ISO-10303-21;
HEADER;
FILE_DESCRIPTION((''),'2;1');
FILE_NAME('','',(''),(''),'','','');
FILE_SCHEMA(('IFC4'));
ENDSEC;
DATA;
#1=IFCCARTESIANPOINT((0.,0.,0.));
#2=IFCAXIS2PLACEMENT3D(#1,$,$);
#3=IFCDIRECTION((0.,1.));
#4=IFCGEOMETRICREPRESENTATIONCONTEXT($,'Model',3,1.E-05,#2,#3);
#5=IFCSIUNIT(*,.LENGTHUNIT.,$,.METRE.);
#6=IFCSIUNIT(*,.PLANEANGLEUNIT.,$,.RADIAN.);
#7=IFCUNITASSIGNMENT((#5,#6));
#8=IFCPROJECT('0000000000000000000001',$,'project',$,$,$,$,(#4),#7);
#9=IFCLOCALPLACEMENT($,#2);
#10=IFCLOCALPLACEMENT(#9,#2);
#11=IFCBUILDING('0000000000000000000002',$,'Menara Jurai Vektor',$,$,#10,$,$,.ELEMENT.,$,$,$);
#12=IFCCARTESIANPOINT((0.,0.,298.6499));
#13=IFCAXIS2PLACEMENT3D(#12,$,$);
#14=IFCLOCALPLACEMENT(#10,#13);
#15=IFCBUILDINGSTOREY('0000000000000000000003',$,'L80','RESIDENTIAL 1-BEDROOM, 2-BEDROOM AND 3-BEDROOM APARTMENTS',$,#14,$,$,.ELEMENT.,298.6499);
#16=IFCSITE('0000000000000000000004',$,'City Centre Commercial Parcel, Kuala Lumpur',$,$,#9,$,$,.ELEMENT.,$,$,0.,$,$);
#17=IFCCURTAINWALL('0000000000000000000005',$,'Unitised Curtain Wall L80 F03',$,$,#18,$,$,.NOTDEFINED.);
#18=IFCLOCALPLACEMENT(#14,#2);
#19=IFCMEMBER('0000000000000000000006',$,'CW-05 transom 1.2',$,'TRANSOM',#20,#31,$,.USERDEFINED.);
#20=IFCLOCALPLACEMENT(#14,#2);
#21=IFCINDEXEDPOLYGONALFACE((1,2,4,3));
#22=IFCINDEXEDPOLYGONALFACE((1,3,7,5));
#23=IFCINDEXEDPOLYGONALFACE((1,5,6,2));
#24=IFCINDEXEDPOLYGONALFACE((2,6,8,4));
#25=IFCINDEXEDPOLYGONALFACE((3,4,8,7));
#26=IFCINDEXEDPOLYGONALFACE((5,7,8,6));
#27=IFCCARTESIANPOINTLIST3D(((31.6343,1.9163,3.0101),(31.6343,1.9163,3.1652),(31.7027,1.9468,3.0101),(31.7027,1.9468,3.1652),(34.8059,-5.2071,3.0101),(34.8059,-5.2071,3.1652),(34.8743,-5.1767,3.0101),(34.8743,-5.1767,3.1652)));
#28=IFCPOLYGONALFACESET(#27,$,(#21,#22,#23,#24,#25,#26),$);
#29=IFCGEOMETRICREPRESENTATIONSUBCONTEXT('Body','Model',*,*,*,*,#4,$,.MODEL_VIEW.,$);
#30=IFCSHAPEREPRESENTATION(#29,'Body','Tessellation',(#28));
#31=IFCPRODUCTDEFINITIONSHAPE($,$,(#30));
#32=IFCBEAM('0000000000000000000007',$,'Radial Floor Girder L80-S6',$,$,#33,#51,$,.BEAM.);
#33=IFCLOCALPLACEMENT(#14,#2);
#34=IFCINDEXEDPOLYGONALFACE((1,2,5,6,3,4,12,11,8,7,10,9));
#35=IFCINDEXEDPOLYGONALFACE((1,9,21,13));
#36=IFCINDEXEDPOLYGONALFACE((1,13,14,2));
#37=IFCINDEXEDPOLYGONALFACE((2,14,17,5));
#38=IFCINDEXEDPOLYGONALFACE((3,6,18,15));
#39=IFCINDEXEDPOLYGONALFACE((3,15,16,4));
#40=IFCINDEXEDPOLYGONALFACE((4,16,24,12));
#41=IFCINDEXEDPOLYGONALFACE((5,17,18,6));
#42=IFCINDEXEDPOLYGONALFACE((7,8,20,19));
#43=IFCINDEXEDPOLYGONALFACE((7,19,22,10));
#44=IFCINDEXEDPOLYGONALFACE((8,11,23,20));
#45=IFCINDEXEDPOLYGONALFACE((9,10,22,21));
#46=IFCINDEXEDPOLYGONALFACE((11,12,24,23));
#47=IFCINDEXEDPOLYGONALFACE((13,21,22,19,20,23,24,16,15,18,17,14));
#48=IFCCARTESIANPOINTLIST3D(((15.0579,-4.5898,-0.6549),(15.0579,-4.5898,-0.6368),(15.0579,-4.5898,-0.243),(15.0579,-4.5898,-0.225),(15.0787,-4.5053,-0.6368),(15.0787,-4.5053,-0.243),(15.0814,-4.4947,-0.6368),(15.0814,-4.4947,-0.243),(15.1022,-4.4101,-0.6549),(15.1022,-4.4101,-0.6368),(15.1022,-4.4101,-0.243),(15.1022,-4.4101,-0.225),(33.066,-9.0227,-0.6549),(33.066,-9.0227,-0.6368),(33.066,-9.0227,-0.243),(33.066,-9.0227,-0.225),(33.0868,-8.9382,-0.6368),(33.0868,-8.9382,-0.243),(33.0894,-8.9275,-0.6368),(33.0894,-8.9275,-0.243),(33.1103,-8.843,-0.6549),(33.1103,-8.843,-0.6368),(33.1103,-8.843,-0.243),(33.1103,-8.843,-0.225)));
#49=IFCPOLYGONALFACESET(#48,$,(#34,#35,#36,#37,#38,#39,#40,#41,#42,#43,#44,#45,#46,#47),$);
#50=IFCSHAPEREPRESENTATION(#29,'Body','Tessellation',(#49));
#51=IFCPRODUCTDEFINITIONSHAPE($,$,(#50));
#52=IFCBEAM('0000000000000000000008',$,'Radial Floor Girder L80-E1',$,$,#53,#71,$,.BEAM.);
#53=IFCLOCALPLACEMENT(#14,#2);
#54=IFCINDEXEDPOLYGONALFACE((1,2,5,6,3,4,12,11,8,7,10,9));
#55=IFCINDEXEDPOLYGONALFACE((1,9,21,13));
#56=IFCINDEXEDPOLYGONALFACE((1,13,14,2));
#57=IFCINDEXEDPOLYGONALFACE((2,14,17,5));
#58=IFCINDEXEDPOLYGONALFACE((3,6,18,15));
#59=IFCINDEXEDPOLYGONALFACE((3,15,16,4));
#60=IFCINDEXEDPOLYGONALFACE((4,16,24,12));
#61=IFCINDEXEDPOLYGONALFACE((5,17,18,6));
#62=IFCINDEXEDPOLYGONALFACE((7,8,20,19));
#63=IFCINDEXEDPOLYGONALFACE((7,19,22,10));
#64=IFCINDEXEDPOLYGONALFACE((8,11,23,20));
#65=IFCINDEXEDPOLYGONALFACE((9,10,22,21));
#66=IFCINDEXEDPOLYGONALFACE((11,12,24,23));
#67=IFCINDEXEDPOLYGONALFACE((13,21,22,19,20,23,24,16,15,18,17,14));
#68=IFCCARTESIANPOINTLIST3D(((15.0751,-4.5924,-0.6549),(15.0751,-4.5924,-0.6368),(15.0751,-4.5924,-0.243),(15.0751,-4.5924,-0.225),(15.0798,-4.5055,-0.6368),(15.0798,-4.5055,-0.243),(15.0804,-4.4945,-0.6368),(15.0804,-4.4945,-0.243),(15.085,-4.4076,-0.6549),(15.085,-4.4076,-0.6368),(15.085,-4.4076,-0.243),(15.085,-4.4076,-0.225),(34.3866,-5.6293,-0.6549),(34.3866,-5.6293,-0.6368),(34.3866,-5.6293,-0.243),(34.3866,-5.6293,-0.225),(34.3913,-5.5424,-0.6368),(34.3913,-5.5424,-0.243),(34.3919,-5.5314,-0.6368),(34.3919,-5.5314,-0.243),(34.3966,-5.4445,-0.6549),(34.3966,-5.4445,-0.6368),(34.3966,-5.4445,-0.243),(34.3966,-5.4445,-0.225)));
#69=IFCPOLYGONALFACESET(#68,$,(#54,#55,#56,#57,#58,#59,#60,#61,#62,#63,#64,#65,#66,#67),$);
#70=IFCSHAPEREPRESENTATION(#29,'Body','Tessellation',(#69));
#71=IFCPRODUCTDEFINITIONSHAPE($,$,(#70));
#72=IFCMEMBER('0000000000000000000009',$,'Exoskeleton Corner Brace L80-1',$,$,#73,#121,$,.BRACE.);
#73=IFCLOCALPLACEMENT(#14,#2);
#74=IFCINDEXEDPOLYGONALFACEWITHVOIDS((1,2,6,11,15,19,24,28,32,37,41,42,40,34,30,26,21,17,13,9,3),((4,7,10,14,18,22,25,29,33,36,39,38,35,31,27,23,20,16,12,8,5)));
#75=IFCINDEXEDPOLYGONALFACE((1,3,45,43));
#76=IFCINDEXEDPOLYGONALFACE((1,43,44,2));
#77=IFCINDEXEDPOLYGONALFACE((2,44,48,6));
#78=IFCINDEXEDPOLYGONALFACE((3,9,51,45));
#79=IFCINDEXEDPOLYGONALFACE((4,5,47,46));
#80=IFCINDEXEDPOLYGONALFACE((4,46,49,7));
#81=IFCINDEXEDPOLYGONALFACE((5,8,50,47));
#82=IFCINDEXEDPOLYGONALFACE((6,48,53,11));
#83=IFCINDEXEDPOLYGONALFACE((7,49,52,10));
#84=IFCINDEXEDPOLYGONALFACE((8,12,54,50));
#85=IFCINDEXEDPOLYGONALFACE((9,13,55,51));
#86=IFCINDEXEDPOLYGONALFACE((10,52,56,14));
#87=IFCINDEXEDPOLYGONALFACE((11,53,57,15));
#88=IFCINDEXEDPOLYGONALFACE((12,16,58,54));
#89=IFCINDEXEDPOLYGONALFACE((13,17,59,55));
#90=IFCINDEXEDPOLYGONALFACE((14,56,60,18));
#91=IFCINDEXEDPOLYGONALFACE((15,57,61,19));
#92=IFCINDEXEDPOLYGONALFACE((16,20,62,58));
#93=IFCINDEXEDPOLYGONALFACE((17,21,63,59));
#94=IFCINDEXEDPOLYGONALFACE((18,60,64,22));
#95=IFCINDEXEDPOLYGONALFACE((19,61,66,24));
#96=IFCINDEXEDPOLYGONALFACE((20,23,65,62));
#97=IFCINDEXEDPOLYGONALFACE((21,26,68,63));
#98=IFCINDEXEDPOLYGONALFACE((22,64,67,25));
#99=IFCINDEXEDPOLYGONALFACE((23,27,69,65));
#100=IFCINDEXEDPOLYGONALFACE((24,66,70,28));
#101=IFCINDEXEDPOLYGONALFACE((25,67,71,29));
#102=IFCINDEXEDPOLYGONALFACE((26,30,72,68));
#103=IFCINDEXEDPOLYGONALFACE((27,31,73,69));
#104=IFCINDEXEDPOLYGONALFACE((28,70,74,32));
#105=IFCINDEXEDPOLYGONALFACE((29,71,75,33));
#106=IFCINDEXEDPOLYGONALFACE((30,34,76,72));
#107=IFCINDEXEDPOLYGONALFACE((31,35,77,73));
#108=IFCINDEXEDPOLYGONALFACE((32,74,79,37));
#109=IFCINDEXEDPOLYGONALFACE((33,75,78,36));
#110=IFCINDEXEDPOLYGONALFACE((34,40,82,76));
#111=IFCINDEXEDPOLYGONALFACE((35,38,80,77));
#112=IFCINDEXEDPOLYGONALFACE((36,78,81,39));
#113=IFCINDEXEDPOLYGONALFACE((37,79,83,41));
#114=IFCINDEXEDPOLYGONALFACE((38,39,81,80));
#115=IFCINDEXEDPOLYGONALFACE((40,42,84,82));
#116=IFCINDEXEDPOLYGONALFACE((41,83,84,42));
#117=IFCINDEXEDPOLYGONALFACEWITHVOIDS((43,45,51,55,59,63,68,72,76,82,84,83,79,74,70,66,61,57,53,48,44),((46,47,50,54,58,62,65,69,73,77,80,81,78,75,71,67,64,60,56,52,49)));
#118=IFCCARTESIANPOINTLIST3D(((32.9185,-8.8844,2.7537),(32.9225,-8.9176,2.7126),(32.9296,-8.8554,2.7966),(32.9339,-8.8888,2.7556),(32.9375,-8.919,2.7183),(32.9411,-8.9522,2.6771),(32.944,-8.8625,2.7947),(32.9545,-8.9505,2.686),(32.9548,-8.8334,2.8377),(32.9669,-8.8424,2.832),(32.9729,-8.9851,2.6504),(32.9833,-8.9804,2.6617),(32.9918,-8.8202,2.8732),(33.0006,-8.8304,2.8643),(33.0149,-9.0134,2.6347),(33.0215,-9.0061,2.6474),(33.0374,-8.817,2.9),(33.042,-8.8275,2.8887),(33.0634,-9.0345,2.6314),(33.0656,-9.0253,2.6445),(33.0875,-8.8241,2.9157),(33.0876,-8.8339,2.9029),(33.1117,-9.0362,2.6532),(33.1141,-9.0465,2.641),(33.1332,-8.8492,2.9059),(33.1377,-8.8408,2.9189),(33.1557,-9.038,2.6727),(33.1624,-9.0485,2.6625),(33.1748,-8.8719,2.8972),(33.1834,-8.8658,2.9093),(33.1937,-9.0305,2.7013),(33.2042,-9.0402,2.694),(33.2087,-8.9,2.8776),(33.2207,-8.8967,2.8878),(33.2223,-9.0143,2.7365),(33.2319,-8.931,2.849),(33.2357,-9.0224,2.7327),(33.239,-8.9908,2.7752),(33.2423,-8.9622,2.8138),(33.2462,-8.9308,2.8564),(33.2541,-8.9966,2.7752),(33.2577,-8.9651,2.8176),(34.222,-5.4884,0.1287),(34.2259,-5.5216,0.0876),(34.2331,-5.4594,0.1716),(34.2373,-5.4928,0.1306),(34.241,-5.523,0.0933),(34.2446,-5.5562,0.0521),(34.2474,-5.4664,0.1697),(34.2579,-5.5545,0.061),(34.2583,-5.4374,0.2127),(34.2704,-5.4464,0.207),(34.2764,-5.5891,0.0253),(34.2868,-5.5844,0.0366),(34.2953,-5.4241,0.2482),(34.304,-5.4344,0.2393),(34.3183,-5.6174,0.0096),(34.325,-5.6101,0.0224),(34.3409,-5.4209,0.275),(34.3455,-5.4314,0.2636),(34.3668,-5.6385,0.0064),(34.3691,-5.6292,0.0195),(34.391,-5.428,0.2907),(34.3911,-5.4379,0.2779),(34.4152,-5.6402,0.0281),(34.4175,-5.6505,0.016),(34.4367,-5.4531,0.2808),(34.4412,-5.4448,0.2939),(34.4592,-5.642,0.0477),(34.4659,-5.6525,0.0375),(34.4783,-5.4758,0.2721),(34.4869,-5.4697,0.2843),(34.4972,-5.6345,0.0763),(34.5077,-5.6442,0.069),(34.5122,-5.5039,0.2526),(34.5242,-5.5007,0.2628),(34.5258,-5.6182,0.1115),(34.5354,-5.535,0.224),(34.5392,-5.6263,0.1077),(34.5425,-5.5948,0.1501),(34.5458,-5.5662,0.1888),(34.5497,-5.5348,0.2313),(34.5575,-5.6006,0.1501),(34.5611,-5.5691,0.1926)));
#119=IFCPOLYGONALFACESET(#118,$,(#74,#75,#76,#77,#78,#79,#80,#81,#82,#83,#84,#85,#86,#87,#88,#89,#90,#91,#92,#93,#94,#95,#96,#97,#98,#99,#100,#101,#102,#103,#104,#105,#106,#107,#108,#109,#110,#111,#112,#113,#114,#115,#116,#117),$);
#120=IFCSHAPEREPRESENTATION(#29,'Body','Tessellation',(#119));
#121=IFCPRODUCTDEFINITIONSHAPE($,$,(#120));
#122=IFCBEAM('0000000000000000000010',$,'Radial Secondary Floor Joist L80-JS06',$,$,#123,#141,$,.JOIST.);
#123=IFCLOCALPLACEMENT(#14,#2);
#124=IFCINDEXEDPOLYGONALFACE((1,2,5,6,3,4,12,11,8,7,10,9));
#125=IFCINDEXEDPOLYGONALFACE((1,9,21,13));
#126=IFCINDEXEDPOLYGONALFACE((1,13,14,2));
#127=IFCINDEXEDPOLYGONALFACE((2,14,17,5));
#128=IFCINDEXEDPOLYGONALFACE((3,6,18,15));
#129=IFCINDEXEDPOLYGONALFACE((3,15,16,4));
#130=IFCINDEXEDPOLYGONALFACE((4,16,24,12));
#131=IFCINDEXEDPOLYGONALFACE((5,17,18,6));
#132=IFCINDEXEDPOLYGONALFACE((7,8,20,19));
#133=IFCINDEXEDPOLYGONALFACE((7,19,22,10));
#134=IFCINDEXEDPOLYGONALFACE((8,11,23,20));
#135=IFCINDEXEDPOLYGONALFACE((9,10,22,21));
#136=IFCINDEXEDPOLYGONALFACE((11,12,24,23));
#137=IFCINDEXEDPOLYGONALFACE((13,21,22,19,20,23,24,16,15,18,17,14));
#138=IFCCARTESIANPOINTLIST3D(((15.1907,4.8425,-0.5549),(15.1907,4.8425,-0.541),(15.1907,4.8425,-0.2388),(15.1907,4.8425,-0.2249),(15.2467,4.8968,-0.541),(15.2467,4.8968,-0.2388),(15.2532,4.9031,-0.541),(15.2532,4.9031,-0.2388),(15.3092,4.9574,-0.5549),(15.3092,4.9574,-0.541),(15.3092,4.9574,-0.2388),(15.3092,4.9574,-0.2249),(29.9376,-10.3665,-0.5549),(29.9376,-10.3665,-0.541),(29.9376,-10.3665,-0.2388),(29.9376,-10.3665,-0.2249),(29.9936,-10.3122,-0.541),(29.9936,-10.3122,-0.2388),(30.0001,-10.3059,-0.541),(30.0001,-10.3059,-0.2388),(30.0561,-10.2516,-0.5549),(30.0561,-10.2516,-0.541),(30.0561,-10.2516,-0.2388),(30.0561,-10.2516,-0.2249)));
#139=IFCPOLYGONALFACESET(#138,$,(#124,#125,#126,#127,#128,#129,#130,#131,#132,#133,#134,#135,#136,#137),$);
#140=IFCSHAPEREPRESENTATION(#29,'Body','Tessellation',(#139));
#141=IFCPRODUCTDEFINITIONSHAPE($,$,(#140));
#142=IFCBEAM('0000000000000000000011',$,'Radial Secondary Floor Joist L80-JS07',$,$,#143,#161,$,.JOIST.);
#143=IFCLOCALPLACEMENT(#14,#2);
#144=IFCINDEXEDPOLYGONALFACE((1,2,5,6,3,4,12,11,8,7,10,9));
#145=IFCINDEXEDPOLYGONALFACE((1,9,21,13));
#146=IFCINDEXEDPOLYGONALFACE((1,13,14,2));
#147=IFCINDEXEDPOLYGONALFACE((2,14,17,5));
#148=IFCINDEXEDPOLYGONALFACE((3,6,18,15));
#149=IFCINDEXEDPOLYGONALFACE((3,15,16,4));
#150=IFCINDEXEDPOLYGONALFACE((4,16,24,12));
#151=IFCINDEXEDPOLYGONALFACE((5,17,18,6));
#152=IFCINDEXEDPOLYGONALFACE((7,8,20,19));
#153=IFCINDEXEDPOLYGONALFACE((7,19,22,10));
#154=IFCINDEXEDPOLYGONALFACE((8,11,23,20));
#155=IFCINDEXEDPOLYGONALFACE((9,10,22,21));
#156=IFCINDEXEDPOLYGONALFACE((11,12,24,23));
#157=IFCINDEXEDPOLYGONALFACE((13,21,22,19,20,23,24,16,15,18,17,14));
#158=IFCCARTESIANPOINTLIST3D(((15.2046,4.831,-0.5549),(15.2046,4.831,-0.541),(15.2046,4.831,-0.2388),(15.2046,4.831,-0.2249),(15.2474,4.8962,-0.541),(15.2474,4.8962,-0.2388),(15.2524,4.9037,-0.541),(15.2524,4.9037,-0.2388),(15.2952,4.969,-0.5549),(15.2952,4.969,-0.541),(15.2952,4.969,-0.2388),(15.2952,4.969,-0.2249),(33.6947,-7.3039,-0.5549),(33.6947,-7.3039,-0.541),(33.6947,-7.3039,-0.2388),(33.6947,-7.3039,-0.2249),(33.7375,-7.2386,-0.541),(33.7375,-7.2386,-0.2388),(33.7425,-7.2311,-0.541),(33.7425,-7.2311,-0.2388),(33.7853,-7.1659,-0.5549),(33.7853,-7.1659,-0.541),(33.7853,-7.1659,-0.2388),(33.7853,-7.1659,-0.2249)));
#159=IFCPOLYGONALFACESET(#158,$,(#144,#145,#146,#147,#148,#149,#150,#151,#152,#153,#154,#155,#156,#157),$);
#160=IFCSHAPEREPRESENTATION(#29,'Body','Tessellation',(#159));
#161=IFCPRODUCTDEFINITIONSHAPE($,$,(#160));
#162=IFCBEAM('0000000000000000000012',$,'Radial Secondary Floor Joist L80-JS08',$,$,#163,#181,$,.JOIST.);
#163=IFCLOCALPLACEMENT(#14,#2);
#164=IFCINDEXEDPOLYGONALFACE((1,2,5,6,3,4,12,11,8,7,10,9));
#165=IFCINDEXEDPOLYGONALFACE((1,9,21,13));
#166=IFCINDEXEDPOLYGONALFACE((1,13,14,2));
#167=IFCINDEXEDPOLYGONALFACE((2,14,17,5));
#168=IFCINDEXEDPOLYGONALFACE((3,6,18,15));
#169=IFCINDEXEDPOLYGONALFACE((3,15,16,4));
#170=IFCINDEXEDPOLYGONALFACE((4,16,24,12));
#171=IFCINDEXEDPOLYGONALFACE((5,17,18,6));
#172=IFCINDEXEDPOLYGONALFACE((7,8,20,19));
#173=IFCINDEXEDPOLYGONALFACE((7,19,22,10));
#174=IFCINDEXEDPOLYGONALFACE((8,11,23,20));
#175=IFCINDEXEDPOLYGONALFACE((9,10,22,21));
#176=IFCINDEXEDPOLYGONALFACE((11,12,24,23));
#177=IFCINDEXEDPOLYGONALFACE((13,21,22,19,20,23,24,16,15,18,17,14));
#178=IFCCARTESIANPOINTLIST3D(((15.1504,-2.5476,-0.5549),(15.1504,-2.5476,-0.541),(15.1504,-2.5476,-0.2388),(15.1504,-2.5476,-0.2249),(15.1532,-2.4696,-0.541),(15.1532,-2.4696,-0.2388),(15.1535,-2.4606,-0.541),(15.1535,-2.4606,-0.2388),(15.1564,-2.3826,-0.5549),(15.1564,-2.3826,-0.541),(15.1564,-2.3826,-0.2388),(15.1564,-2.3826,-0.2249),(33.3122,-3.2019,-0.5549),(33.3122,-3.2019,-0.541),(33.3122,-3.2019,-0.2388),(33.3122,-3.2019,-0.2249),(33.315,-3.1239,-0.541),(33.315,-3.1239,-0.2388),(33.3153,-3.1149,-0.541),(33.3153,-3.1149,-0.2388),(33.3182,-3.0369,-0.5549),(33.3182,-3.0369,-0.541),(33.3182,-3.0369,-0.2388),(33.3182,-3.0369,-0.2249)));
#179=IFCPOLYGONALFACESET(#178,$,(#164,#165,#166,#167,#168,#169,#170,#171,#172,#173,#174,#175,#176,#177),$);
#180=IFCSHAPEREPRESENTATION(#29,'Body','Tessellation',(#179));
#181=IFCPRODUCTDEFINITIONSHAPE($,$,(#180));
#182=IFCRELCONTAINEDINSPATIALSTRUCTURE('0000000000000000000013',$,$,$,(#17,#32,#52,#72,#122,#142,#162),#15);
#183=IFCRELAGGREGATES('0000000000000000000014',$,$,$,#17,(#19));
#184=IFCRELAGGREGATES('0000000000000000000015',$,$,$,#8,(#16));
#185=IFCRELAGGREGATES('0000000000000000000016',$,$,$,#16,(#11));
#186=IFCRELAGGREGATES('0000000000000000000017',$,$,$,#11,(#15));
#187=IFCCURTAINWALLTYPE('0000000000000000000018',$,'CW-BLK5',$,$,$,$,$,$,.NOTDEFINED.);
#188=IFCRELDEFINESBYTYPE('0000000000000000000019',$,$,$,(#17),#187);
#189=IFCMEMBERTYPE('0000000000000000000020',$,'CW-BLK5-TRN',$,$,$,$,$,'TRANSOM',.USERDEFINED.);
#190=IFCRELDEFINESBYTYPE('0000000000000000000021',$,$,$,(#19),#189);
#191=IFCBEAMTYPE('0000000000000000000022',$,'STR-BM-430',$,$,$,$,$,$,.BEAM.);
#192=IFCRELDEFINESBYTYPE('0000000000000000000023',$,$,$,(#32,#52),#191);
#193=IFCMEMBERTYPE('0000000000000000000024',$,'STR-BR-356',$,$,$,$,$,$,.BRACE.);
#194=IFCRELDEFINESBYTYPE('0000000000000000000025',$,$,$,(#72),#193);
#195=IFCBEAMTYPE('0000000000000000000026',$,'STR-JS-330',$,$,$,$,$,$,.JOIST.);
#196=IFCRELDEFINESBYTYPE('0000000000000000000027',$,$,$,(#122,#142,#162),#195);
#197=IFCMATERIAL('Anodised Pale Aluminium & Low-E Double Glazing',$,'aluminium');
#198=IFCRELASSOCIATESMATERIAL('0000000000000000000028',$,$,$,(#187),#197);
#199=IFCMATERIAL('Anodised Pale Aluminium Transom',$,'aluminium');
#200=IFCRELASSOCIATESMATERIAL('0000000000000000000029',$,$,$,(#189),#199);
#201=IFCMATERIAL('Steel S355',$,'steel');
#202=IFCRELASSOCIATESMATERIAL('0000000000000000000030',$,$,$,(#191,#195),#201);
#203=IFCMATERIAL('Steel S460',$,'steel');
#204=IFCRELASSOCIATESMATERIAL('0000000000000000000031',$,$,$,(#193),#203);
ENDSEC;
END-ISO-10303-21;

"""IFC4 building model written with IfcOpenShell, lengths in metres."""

from ifc_helpers import new_model, si_unit, direction, frame, origin, origin_2d, place, context, subcontext, project, spatial, rectangle, hollow_circle, i_section, extrude, material, material_profile, profile_set, type_object, element, aggregate, save


model = new_model("IFC4")

# Units and contexts
model_context = context("Model", 3, precision=1e-05, world=origin(), true_north=direction((0.0, 1.0)))
body_context = subcontext(model_context, "Body", "Model", "MODEL_VIEW")
ifc_project = project(units=[si_unit("LENGTHUNIT", "METRE"), si_unit("PLANEANGLEUNIT", "RADIAN")], contexts=[model_context])

# Site, building, storey
site_placement = place(None, origin())
site = spatial("IfcSite", under=ifc_project, at=site_placement, Name="City Centre Commercial Parcel, Kuala Lumpur", CompositionType="ELEMENT", RefElevation=0.0)
building_placement = place(site_placement, origin())
building = spatial("IfcBuilding", under=site, at=building_placement, Name="Menara Jurai Vektor", CompositionType="ELEMENT")
storey_placement = place(building_placement, frame((0.0, 0.0, 298.6499)))
storey = spatial("IfcBuildingStorey", under=building, at=storey_placement, Name="L80", Description="RESIDENTIAL 1-BEDROOM, 2-BEDROOM AND 3-BEDROOM APARTMENTS", CompositionType="ELEMENT", Elevation=298.6499)

# Shared definitions
ifc_material_1 = material(Name="Steel S460", Category="steel")

# Shared definitions
ifc_material_2 = material(Name="Anodised Pale Aluminium & Low-E Double Glazing", Category="aluminium")
curtain_wall_type = type_object("IfcCurtainWallType", Name="CW-BLK5", PredefinedType="NOTDEFINED", material=ifc_material_2)

# Curtain wall
curtain_wall_1_placement = place(storey_placement, origin())
curtain_wall_1 = element("IfcCurtainWall", 1, at=curtain_wall_1_placement, inside=storey, type_object=curtain_wall_type, Name="Unitised Curtain Wall L80 F03", PredefinedType="NOTDEFINED")

# Member
ifc_material_3 = material(Name="Anodised Pale Aluminium Transom", Category="aluminium")
ifc_material_profile_1 = material_profile(ifc_material_3, rectangle(XDim=0.075, YDim=0.155, at=origin_2d()), Name="ALU TRN 75x155")
ifc_profile_set_1 = profile_set([ifc_material_profile_1], Name="Anodised Pale Aluminium Transom")
member_type_1 = type_object("IfcMemberType", Name="CW-BLK5-TRN", ElementType="TRANSOM", PredefinedType="USERDEFINED", material=ifc_profile_set_1)
member_1_placement = place(storey_placement, frame((34.8401, -5.1919, 3.0876), z_axis=(-0.40674, 0.913544, 0.0), x_axis=(-0.913544, -0.40674, 0.0)))
member_1 = element("IfcMember", 2, at=member_1_placement, type_object=member_type_1, Name="CW-05 transom 1.2", ObjectType="TRANSOM", PredefinedType="USERDEFINED", context=body_context, shape_type="SweptSolid", body=[
    extrude(rectangle(XDim=0.075, YDim=0.155, at=origin_2d()), origin(), (0.0, 0.0, 1.0), 7.7976),
])

# Beams
ifc_material_4 = material(Name="Steel S355", Category="steel")
ifc_material_profile_2 = material_profile(ifc_material_4, i_section(OverallWidth=0.1851, OverallDepth=0.4299, WebThickness=0.011, FlangeThickness=0.0181, at=origin_2d()), Name="PG 430x185x76")
ifc_profile_set_2 = profile_set([ifc_material_profile_2], Name="Steel S355")
beam_type_1 = type_object("IfcBeamType", Name="STR-BM-430", PredefinedType="BEAM", material=ifc_profile_set_2)
beam_1_placement = place(storey_placement, frame((33.0881, -8.9329, -0.4399), z_axis=(-0.971014, 0.239025, 0.0), x_axis=(-0.239025, -0.971014, 0.0)))
element("IfcBeam", 3, at=beam_1_placement, inside=storey, type_object=beam_type_1, Name="Radial Floor Girder L80-S6", PredefinedType="BEAM", context=body_context, shape_type="SweptSolid", body=[
    extrude(i_section(OverallWidth=0.1851, OverallDepth=0.4299, WebThickness=0.011, FlangeThickness=0.0181, at=origin_2d()), origin(), (0.0, 0.0, 1.0), 18.5457),
])
beam_2_placement = place(storey_placement, frame((34.3916, -5.5369, -0.4399), z_axis=(-0.998562, 0.053614, 0.0), x_axis=(-0.053614, -0.998562, 0.0)))
element("IfcBeam", 4, at=beam_2_placement, inside=storey, type_object=beam_type_1, Name="Radial Floor Girder L80-E1", PredefinedType="BEAM", context=body_context, shape_type="SweptSolid", body=[
    extrude(i_section(OverallWidth=0.1851, OverallDepth=0.4299, WebThickness=0.011, FlangeThickness=0.0181, at=origin_2d()), origin(), (0.0, 0.0, 1.0), 19.3394),
])

# Member
ifc_material_profile_3 = material_profile(ifc_material_1, hollow_circle(Radius=0.1777, WallThickness=0.0161, at=origin_2d()), Name="CHS 355.6x16")
ifc_profile_set_3 = profile_set([ifc_material_profile_3], Name="Steel S460")
member_type_2 = type_object("IfcMemberType", Name="STR-BR-356", PredefinedType="BRACE", material=ifc_profile_set_3)
member_2_placement = place(storey_placement, frame((34.3916, -5.5369, 0.1501), z_axis=(-0.290576, -0.757054, 0.585179), x_axis=(0.933593, -0.358336, 0.0)))
element("IfcMember", 5, at=member_2_placement, inside=storey, type_object=member_type_2, Name="Exoskeleton Corner Brace L80-1", PredefinedType="BRACE", context=body_context, shape_type="SweptSolid", body=[
    extrude(hollow_circle(Radius=0.1777, WallThickness=0.0161, at=origin_2d()), origin(), (0.0, 0.0, 1.0), 4.4858),
])

# Beams
ifc_material_profile_4 = material_profile(ifc_material_4, i_section(OverallWidth=0.165, OverallDepth=0.3301, WebThickness=0.009, FlangeThickness=0.0139, at=origin_2d()), Name="PG 330x165x46")
ifc_profile_set_4 = profile_set([ifc_material_profile_4], Name="Steel S355")
beam_type_2 = type_object("IfcBeamType", Name="STR-JS-330", PredefinedType="JOIST", material=ifc_profile_set_4)
beam_3_placement = place(storey_placement, frame((29.9968, -10.3091, -0.3899), z_axis=(-0.696115, 0.717931, 0.0), x_axis=(-0.717931, -0.696115, 0.0)))
element("IfcBeam", 6, at=beam_3_placement, inside=storey, type_object=beam_type_2, Name="Radial Secondary Floor Joist L80-JS06", PredefinedType="JOIST", context=body_context, shape_type="SweptSolid", body=[
    extrude(i_section(OverallWidth=0.165, OverallDepth=0.3301, WebThickness=0.009, FlangeThickness=0.0139, at=origin_2d()), origin(), (0.0, 0.0, 1.0), 21.1846),
])
beam_4_placement = place(storey_placement, frame((33.74, -7.2349, -0.3899), z_axis=(-0.836033, 0.548679, 0.0), x_axis=(-0.548679, -0.836033, 0.0)))
element("IfcBeam", 7, at=beam_4_placement, inside=storey, type_object=beam_type_2, Name="Radial Secondary Floor Joist L80-JS07", PredefinedType="JOIST", context=body_context, shape_type="SweptSolid", body=[
    extrude(i_section(OverallWidth=0.165, OverallDepth=0.3301, WebThickness=0.009, FlangeThickness=0.0139, at=origin_2d()), origin(), (0.0, 0.0, 1.0), 22.1165),
])
beam_5_placement = place(storey_placement, frame((33.3152, -3.1194, -0.3899), z_axis=(-0.999352, 0.036003, 0.0), x_axis=(-0.036003, -0.999352, 0.0)))
element("IfcBeam", 8, at=beam_5_placement, inside=storey, type_object=beam_type_2, Name="Radial Secondary Floor Joist L80-JS08", PredefinedType="JOIST", context=body_context, shape_type="SweptSolid", body=[
    extrude(i_section(OverallWidth=0.165, OverallDepth=0.3301, WebThickness=0.009, FlangeThickness=0.0139, at=origin_2d()), origin(), (0.0, 0.0, 1.0), 18.1736),
])

aggregate(curtain_wall_1, [member_1])

save(model, "model.ifc")
